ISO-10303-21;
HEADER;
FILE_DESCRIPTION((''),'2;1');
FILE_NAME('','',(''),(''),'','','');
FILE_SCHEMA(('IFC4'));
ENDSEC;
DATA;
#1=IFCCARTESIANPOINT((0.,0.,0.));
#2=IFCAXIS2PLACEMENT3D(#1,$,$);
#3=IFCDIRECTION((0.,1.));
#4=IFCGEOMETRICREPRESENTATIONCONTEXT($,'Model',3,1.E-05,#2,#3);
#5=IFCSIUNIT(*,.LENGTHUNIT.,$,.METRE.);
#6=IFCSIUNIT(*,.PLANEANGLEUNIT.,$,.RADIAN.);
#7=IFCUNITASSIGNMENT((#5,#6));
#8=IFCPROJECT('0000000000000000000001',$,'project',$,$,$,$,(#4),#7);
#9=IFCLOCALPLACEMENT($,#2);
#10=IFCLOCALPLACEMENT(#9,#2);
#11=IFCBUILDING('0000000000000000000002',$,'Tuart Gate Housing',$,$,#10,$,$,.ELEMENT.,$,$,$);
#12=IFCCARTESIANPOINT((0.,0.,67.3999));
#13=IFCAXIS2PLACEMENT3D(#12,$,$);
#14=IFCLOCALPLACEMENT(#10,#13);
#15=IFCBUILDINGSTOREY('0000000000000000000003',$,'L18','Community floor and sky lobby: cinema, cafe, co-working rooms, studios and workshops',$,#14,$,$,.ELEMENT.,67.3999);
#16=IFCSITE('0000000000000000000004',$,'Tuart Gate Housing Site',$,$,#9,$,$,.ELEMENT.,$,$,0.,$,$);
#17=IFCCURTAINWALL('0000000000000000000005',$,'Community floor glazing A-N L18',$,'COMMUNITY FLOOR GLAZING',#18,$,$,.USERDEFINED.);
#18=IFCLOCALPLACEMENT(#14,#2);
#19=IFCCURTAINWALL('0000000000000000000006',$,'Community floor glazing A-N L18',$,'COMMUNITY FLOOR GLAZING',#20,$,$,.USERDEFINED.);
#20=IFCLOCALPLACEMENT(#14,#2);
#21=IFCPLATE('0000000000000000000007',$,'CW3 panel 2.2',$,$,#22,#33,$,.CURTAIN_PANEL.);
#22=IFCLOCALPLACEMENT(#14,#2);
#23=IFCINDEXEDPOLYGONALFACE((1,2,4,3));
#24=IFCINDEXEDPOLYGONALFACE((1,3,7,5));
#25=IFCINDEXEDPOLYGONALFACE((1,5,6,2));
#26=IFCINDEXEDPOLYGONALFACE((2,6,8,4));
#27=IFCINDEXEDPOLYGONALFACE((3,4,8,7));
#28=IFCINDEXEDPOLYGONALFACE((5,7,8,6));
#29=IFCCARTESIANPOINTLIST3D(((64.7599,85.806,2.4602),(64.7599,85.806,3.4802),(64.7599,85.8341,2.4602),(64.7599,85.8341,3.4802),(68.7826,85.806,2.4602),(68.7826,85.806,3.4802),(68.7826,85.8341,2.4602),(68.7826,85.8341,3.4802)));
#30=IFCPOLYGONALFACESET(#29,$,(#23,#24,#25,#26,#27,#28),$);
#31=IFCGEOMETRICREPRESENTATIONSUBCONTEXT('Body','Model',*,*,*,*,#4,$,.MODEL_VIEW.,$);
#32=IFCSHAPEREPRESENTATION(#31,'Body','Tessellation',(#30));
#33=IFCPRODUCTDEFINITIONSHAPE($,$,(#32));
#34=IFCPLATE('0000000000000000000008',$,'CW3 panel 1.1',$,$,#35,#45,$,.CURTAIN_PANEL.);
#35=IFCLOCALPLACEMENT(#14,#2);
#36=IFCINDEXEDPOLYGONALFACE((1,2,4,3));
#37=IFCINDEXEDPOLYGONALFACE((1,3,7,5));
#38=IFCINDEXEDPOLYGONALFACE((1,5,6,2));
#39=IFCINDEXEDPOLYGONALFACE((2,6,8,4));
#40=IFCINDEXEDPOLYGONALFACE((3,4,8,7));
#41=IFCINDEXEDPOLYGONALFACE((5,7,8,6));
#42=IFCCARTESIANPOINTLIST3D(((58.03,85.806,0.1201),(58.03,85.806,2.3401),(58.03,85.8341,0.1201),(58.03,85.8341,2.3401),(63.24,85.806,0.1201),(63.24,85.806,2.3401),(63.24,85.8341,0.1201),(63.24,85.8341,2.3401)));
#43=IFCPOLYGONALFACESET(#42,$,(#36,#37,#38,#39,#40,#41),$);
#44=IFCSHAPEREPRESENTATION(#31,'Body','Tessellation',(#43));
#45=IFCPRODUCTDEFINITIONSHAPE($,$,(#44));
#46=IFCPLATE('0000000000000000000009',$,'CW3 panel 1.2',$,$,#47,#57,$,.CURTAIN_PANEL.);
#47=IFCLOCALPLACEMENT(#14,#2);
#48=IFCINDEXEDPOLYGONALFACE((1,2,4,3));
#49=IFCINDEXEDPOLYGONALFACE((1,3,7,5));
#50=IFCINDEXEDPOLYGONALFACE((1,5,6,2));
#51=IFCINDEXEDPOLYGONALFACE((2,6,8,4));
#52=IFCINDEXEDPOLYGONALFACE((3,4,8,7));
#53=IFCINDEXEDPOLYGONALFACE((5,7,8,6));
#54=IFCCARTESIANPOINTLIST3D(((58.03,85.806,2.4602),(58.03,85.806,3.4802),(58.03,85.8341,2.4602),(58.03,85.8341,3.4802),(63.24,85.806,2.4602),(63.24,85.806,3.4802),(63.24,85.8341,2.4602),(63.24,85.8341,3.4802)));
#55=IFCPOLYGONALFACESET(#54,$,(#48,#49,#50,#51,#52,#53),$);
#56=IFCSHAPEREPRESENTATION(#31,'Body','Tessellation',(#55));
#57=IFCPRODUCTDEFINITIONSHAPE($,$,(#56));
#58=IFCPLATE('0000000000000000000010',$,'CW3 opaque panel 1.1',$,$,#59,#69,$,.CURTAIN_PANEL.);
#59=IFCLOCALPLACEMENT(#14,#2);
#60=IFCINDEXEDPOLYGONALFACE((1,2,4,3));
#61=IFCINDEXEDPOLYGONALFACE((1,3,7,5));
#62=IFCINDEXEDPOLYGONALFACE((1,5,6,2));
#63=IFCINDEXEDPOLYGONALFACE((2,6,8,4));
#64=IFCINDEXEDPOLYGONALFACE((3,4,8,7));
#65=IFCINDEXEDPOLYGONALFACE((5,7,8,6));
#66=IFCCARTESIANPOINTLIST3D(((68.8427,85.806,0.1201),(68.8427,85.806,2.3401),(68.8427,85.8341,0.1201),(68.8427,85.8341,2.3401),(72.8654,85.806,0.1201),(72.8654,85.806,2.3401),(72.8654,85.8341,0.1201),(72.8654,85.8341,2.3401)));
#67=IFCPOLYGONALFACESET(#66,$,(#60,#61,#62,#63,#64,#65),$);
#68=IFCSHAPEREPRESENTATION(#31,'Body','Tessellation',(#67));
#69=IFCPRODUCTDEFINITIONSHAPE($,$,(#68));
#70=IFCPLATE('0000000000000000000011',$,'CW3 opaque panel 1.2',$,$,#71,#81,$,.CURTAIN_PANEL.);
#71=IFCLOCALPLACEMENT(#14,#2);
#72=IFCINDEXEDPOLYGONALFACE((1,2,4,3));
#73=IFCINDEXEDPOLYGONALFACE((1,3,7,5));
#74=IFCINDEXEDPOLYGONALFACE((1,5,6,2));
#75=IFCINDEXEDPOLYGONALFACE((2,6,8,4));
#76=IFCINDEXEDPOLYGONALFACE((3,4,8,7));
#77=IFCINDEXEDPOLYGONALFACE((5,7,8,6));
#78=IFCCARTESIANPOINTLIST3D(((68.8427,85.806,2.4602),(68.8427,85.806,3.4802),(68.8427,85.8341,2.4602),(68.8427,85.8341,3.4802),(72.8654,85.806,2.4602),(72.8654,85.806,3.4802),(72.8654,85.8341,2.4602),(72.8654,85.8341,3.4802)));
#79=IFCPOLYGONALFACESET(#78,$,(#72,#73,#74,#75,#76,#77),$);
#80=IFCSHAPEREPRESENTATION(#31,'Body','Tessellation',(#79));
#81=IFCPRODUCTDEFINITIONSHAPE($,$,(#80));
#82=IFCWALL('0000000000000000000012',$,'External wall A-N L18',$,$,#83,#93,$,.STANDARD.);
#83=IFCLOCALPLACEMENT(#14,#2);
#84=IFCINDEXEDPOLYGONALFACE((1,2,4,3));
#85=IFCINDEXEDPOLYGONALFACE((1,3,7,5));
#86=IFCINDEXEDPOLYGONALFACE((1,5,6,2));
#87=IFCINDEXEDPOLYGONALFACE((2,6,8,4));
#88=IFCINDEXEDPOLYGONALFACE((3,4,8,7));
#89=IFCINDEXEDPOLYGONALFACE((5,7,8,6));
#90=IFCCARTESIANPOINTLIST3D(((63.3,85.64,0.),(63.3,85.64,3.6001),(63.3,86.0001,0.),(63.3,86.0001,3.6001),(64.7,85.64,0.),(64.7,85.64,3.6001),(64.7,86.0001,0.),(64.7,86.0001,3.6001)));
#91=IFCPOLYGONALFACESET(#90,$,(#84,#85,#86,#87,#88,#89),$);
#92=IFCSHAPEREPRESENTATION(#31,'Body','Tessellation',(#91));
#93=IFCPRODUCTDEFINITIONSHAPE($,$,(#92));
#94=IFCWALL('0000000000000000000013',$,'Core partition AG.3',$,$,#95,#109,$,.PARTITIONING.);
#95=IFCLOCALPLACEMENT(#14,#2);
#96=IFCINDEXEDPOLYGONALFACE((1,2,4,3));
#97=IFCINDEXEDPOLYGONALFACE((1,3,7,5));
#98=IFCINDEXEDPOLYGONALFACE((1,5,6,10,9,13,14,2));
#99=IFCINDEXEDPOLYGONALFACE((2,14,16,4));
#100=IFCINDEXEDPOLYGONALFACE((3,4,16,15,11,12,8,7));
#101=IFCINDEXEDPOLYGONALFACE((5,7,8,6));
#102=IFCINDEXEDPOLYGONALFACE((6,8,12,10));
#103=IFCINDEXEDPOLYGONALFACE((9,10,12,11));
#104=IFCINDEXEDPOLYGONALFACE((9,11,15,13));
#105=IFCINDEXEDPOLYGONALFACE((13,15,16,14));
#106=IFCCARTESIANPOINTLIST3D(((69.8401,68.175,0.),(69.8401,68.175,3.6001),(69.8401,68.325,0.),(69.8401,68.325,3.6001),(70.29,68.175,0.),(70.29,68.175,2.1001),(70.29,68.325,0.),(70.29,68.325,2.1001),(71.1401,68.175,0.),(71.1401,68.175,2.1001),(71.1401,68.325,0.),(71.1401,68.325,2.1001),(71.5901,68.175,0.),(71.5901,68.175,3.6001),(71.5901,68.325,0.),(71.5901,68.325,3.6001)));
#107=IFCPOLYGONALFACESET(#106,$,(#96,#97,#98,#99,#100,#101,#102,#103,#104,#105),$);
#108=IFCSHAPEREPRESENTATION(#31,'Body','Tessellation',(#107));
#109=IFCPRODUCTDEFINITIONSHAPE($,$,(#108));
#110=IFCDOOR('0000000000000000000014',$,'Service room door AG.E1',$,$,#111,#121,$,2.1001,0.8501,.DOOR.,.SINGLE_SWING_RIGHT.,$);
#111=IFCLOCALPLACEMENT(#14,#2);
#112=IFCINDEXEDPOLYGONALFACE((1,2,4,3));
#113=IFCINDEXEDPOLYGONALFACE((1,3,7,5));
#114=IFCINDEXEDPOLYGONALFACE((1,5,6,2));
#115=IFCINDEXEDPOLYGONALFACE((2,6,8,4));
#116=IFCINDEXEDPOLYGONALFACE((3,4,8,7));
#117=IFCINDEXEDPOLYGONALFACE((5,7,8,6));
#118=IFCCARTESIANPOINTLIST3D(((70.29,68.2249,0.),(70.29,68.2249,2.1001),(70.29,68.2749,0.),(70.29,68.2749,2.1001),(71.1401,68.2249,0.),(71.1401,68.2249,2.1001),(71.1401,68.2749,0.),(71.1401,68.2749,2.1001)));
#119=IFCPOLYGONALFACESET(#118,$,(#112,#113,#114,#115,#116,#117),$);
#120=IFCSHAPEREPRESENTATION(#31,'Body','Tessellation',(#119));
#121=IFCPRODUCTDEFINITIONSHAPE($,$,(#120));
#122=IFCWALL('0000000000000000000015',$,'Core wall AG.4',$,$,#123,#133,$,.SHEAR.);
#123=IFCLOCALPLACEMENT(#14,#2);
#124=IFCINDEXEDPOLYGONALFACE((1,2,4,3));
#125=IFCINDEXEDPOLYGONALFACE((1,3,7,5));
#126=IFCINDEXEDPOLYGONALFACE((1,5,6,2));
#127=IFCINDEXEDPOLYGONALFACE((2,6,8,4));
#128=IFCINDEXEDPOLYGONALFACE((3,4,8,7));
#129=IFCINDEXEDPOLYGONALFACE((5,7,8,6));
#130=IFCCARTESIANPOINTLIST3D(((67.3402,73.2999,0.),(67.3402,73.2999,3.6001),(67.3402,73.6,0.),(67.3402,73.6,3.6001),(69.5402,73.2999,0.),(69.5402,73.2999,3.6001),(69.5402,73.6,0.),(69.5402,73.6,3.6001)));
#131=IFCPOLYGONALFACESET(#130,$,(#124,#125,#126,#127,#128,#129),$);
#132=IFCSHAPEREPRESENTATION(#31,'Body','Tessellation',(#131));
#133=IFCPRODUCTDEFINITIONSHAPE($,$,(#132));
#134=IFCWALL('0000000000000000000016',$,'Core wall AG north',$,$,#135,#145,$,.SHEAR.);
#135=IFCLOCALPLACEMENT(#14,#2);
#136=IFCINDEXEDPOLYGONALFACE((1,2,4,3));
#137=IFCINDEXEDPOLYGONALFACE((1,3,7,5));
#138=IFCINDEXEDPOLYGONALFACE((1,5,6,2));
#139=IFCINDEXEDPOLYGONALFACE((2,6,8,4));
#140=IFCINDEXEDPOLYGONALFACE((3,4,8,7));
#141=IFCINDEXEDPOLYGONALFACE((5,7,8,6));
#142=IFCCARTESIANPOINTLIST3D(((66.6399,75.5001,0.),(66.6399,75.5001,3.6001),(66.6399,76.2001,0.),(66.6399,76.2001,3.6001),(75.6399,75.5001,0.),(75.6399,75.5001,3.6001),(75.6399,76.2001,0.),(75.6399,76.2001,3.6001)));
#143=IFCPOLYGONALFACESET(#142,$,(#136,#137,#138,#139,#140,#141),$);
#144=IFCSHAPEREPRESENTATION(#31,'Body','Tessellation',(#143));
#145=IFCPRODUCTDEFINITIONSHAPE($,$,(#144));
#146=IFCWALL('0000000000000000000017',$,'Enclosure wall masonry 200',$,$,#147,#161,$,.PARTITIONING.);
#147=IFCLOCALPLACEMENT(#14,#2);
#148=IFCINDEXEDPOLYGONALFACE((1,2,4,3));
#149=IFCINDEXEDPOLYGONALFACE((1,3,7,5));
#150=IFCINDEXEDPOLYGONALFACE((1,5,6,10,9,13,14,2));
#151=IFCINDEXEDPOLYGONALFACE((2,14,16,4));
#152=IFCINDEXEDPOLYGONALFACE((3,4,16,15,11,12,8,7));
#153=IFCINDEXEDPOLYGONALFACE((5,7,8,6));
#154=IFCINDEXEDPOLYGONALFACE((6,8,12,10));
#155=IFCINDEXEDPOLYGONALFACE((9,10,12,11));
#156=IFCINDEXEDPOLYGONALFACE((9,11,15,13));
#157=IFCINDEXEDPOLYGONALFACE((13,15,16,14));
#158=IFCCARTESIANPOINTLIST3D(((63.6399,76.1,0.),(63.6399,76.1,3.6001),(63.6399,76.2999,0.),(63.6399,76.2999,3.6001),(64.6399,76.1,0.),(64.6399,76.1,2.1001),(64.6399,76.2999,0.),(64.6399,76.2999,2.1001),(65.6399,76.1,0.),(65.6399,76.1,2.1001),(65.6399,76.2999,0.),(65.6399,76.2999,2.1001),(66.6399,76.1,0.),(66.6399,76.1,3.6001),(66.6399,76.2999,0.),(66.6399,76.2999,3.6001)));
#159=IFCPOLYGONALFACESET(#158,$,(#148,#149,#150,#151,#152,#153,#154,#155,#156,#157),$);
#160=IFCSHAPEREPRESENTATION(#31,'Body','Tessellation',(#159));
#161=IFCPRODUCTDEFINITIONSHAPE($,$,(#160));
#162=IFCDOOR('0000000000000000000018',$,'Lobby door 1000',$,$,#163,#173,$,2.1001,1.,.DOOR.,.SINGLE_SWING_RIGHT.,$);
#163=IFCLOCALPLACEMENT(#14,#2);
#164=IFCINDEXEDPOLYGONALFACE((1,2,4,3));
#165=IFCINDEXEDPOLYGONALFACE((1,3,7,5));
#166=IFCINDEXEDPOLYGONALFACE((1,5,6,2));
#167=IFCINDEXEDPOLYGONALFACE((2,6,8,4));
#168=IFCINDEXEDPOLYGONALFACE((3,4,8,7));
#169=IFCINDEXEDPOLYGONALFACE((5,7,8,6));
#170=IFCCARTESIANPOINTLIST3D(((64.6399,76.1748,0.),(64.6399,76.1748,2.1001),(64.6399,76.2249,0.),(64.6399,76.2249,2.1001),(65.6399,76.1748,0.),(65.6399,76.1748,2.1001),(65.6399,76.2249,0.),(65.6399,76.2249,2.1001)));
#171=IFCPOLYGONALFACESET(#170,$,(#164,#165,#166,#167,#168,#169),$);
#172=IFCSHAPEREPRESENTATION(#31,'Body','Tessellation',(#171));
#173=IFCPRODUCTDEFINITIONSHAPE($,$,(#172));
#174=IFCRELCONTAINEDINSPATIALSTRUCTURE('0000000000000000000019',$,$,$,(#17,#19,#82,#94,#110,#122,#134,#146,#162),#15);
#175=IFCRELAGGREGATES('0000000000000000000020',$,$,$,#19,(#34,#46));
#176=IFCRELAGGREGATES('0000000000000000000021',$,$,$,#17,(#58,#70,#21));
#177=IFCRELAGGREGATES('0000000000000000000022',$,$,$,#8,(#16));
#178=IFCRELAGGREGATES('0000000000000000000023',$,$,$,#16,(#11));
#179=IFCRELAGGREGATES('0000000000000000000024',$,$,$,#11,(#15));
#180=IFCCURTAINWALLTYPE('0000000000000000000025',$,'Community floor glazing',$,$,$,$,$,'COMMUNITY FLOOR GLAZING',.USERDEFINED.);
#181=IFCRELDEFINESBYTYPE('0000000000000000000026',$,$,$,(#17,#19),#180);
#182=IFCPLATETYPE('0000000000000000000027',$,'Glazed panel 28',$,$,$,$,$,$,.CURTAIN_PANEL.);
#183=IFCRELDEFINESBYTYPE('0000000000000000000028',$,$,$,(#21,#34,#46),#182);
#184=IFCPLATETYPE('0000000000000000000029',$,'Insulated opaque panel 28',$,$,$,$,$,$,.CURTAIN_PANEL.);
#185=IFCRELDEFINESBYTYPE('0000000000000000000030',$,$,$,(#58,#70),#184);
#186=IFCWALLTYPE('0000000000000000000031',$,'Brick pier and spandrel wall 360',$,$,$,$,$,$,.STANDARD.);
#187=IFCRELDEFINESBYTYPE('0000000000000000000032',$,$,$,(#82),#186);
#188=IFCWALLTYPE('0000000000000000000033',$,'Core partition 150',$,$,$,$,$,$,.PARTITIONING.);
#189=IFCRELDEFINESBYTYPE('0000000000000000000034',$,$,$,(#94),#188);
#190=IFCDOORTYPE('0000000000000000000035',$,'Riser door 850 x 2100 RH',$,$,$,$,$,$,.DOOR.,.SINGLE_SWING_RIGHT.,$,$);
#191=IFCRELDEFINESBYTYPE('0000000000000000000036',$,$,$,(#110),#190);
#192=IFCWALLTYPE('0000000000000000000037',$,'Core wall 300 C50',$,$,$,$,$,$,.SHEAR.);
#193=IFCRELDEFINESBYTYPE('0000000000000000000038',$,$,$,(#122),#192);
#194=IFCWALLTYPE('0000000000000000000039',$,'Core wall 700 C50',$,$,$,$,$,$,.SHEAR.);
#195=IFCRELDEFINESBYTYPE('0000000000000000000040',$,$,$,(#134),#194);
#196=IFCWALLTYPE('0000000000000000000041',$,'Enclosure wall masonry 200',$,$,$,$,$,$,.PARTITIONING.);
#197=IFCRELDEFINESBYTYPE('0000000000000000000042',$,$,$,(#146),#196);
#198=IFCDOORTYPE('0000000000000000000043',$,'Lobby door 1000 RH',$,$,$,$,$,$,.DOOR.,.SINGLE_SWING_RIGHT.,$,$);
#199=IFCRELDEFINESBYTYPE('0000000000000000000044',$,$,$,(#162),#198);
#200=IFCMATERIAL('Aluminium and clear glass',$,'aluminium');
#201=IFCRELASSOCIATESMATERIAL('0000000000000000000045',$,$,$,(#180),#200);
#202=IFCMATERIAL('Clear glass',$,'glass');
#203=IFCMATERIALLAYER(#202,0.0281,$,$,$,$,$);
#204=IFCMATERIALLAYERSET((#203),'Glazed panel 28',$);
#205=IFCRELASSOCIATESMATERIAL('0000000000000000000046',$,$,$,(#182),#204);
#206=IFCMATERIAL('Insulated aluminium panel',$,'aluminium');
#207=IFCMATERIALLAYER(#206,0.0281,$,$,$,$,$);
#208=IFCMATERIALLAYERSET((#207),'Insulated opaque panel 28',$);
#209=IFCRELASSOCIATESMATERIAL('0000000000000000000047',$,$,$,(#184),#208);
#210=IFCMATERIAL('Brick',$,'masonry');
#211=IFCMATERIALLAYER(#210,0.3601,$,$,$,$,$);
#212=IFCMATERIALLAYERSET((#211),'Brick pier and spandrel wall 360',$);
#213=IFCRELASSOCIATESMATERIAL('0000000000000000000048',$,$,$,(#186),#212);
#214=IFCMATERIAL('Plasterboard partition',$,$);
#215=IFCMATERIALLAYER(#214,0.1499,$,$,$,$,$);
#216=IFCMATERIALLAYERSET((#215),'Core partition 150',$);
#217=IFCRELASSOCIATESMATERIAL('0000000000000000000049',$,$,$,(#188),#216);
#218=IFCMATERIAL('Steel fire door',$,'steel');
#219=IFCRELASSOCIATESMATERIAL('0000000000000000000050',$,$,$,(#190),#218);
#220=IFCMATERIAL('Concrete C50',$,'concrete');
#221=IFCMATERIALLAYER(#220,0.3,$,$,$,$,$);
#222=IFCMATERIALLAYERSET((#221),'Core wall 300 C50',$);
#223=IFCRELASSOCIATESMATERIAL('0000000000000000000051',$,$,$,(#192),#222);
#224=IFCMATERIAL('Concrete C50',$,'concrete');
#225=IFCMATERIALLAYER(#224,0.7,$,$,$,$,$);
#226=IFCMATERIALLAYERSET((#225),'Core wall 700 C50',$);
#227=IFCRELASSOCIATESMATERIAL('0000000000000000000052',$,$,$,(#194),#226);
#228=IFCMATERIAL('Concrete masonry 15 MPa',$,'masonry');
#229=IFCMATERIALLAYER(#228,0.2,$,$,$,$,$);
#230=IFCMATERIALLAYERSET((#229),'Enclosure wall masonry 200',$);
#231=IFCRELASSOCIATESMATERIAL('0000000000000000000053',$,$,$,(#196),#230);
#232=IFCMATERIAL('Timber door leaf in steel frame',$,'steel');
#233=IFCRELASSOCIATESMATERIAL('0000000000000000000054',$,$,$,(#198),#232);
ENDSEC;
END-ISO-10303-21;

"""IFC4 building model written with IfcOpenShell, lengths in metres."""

from ifc_helpers import new_model, si_unit, direction, frame, frame_2d, origin, origin_2d, place, context, subcontext, project, spatial, rectangle, extrude, material, layer, layer_set, type_object, element, fill, aggregate, save


model = new_model("IFC4")

# Units and contexts
model_context = context("Model", 3, precision=1e-05, world=origin(), true_north=direction((0.0, 1.0)))
body_context = subcontext(model_context, "Body", "Model", "MODEL_VIEW")
ifc_project = project(units=[si_unit("LENGTHUNIT", "METRE"), si_unit("PLANEANGLEUNIT", "RADIAN")], contexts=[model_context])

# Site, building, storey
site_placement = place(None, origin())
site = spatial("IfcSite", under=ifc_project, at=site_placement, Name="Tuart Gate Housing Site", CompositionType="ELEMENT", RefElevation=0.0)
building_placement = place(site_placement, origin())
building = spatial("IfcBuilding", under=site, at=building_placement, Name="Tuart Gate Housing", CompositionType="ELEMENT")
storey_placement = place(building_placement, frame((0.0, 0.0, 67.3999)))
storey = spatial("IfcBuildingStorey", under=building, at=storey_placement, Name="L18", Description="Community floor and sky lobby: cinema, cafe, co-working rooms, studios and workshops", CompositionType="ELEMENT", Elevation=67.3999)

# Curtain walls
ifc_material_1 = material(Name="Aluminium and clear glass", Category="aluminium")
curtain_wall_type = type_object("IfcCurtainWallType", Name="Community floor glazing", ElementType="COMMUNITY FLOOR GLAZING", PredefinedType="USERDEFINED", material=ifc_material_1)
curtain_wall_1_placement = place(storey_placement, origin())
curtain_wall_1 = element("IfcCurtainWall", 1, at=curtain_wall_1_placement, inside=storey, type_object=curtain_wall_type, Name="Community floor glazing A-N L18", ObjectType="COMMUNITY FLOOR GLAZING", PredefinedType="USERDEFINED")
curtain_wall_2_placement = place(storey_placement, origin())
curtain_wall_2 = element("IfcCurtainWall", 2, at=curtain_wall_2_placement, inside=storey, type_object=curtain_wall_type, Name="Community floor glazing A-N L18", ObjectType="COMMUNITY FLOOR GLAZING", PredefinedType="USERDEFINED")

# Plates
ifc_material_2 = material(Name="Clear glass", Category="glass")
ifc_layer_1 = layer(ifc_material_2, 0.0281)
ifc_layer_set_1 = layer_set([ifc_layer_1], Name="Glazed panel 28")
plate_type_1 = type_object("IfcPlateType", Name="Glazed panel 28", PredefinedType="CURTAIN_PANEL", material=ifc_layer_set_1)
plate_1_placement = place(storey_placement, frame((66.7712, 85.8201, 2.4602), z_axis=(0.0, 0.0, 1.0), x_axis=(-1.0, 0.0, 0.0)))
plate_1 = element("IfcPlate", 3, at=plate_1_placement, type_object=plate_type_1, Name="CW3 panel 2.2", PredefinedType="CURTAIN_PANEL", context=body_context, shape_type="SweptSolid", body=[
    extrude(rectangle(XDim=4.0227, YDim=0.0281, at=origin_2d()), origin(), (0.0, 0.0, 1.0), 1.02),
])
plate_2_placement = place(storey_placement, frame((60.635, 85.8201, 0.1201), z_axis=(0.0, 0.0, 1.0), x_axis=(-1.0, 0.0, 0.0)))
plate_2 = element("IfcPlate", 4, at=plate_2_placement, type_object=plate_type_1, Name="CW3 panel 1.1", PredefinedType="CURTAIN_PANEL", context=body_context, shape_type="SweptSolid", body=[
    extrude(rectangle(XDim=5.21, YDim=0.0281, at=origin_2d()), origin(), (0.0, 0.0, 1.0), 2.22),
])
plate_3_placement = place(storey_placement, frame((60.635, 85.8201, 2.4602), z_axis=(0.0, 0.0, 1.0), x_axis=(-1.0, 0.0, 0.0)))
plate_3 = element("IfcPlate", 5, at=plate_3_placement, type_object=plate_type_1, Name="CW3 panel 1.2", PredefinedType="CURTAIN_PANEL", context=body_context, shape_type="SweptSolid", body=[
    extrude(rectangle(XDim=5.21, YDim=0.0281, at=origin_2d()), origin(), (0.0, 0.0, 1.0), 1.02),
])
aggregate(curtain_wall_2, [plate_2, plate_3])
ifc_material_3 = material(Name="Insulated aluminium panel", Category="aluminium")
ifc_layer_2 = layer(ifc_material_3, 0.0281)
ifc_layer_set_2 = layer_set([ifc_layer_2], Name="Insulated opaque panel 28")
plate_type_2 = type_object("IfcPlateType", Name="Insulated opaque panel 28", PredefinedType="CURTAIN_PANEL", material=ifc_layer_set_2)
plate_4_placement = place(storey_placement, frame((70.854, 85.8201, 0.1201), z_axis=(0.0, 0.0, 1.0), x_axis=(-1.0, 0.0, 0.0)))
plate_4 = element("IfcPlate", 6, at=plate_4_placement, type_object=plate_type_2, Name="CW3 opaque panel 1.1", PredefinedType="CURTAIN_PANEL", context=body_context, shape_type="SweptSolid", body=[
    extrude(rectangle(XDim=4.0227, YDim=0.0281, at=origin_2d()), origin(), (0.0, 0.0, 1.0), 2.22),
])
plate_5_placement = place(storey_placement, frame((70.854, 85.8201, 2.4602), z_axis=(0.0, 0.0, 1.0), x_axis=(-1.0, 0.0, 0.0)))
plate_5 = element("IfcPlate", 7, at=plate_5_placement, type_object=plate_type_2, Name="CW3 opaque panel 1.2", PredefinedType="CURTAIN_PANEL", context=body_context, shape_type="SweptSolid", body=[
    extrude(rectangle(XDim=4.0227, YDim=0.0281, at=origin_2d()), origin(), (0.0, 0.0, 1.0), 1.02),
])
aggregate(curtain_wall_1, [plate_4, plate_5, plate_1])

# Wall
ifc_material_4 = material(Name="Brick", Category="masonry")
ifc_layer_3 = layer(ifc_material_4, 0.3601)
ifc_layer_set_3 = layer_set([ifc_layer_3], Name="Brick pier and spandrel wall 360")
wall_type_1 = type_object("IfcWallType", Name="Brick pier and spandrel wall 360", PredefinedType="STANDARD", material=ifc_layer_set_3)
wall_1_placement = place(storey_placement, frame((64.7, 85.8201, 0.0), z_axis=(0.0, 0.0, 1.0), x_axis=(-1.0, 0.0, 0.0)))
element("IfcWall", 8, at=wall_1_placement, inside=storey, type_object=wall_type_1, Name="External wall A-N L18", PredefinedType="STANDARD", context=body_context, shape_type="SweptSolid", body=[
    extrude(rectangle(XDim=1.3999, YDim=0.3601, at=frame_2d((0.7, 0.0))), origin(), (0.0, 0.0, 1.0), 3.6001),
])

# Wall, opening, door
ifc_material_5 = material(Name="Plasterboard partition")
ifc_layer_4 = layer(ifc_material_5, 0.1499)
ifc_layer_set_4 = layer_set([ifc_layer_4], Name="Core partition 150")
wall_type_2 = type_object("IfcWallType", Name="Core partition 150", PredefinedType="PARTITIONING", material=ifc_layer_set_4)
wall_2_placement = place(storey_placement, frame((69.8401, 68.25, 0.0), z_axis=(0.0, 0.0, 1.0), x_axis=(1.0, 0.0, 0.0)))
wall_2 = element("IfcWall", 9, at=wall_2_placement, inside=storey, type_object=wall_type_2, Name="Core partition AG.3", PredefinedType="PARTITIONING", context=body_context, shape_type="SweptSolid", body=[
    extrude(rectangle(XDim=1.75, YDim=0.1499, at=frame_2d((0.875, 0.0))), origin(), (0.0, 0.0, 1.0), 3.6001),
])
opening_1_placement = place(wall_2_placement, frame((0.45, 0.0, 0.0)))
opening_1 = element("IfcOpeningElement", 10, at=opening_1_placement, cuts=wall_2, PredefinedType="OPENING", context=body_context, shape_type="SweptSolid", body=[
    extrude(rectangle(XDim=0.8501, YDim=2.1001, at=frame_2d((0.425, 1.05))), frame((0.0, 0.085, 0.0), z_axis=(0.0, -1.0, 0.0), x_axis=(1.0, 0.0, 0.0)), (0.0, 0.0, 1.0), 0.1699),
])
ifc_material_6 = material(Name="Steel fire door", Category="steel")
door_type_1 = type_object("IfcDoorType", Name="Riser door 850 x 2100 RH", OperationType="SINGLE_SWING_RIGHT", PredefinedType="DOOR", material=ifc_material_6)
door_1_placement = place(opening_1_placement, frame((0.8501, 0.0, 0.0), z_axis=(0.0, 0.0, 1.0), x_axis=(-1.0, 0.0, 0.0)))
door_1 = element("IfcDoor", 11, at=door_1_placement, inside=storey, type_object=door_type_1, Name="Service room door AG.E1", OperationType="SINGLE_SWING_RIGHT", OverallHeight=2.1001, OverallWidth=0.8501, PredefinedType="DOOR", context=body_context, shape_type="SweptSolid", body=[
    extrude(rectangle(XDim=0.8501, YDim=2.1001, at=frame_2d((0.425, 1.05))), frame((0.0, 0.0251, 0.0), z_axis=(0.0, -1.0, 0.0), x_axis=(1.0, 0.0, 0.0)), (0.0, 0.0, 1.0), 0.05),
])
fill(opening_1, door_1)

# Walls
ifc_material_7 = material(Name="Concrete C50", Category="concrete")
ifc_layer_5 = layer(ifc_material_7, 0.3)
ifc_layer_set_5 = layer_set([ifc_layer_5], Name="Core wall 300 C50")
wall_type_3 = type_object("IfcWallType", Name="Core wall 300 C50", PredefinedType="SHEAR", material=ifc_layer_set_5)
wall_3_placement = place(storey_placement, frame((67.3401, 73.45, 0.0), z_axis=(0.0, 0.0, 1.0), x_axis=(1.0, 0.0, 0.0)))
element("IfcWall", 12, at=wall_3_placement, inside=storey, type_object=wall_type_3, Name="Core wall AG.4", PredefinedType="SHEAR", context=body_context, shape_type="SweptSolid", body=[
    extrude(rectangle(XDim=2.2, YDim=0.3, at=frame_2d((1.1001, 0.0))), origin(), (0.0, 0.0, 1.0), 3.6001),
])
ifc_material_8 = material(Name="Concrete C50", Category="concrete")
ifc_layer_6 = layer(ifc_material_8, 0.7)
ifc_layer_set_6 = layer_set([ifc_layer_6], Name="Core wall 700 C50")
wall_type_4 = type_object("IfcWallType", Name="Core wall 700 C50", PredefinedType="SHEAR", material=ifc_layer_set_6)
wall_4_placement = place(storey_placement, frame((66.6399, 75.8501, 0.0), z_axis=(0.0, 0.0, 1.0), x_axis=(1.0, 0.0, 0.0)))
element("IfcWall", 13, at=wall_4_placement, inside=storey, type_object=wall_type_4, Name="Core wall AG north", PredefinedType="SHEAR", context=body_context, shape_type="SweptSolid", body=[
    extrude(rectangle(XDim=9.0, YDim=0.7, at=frame_2d((4.5, 0.0))), origin(), (0.0, 0.0, 1.0), 3.6001),
])

# Wall, opening, door
ifc_material_9 = material(Name="Concrete masonry 15 MPa", Category="masonry")
ifc_layer_7 = layer(ifc_material_9, 0.2)
ifc_layer_set_7 = layer_set([ifc_layer_7], Name="Enclosure wall masonry 200")
wall_type_5 = type_object("IfcWallType", Name="Enclosure wall masonry 200", PredefinedType="PARTITIONING", material=ifc_layer_set_7)
wall_5_placement = place(storey_placement, frame((63.6399, 76.2, 0.0), z_axis=(0.0, 0.0, 1.0), x_axis=(1.0, 0.0, 0.0)))
wall_5 = element("IfcWall", 14, at=wall_5_placement, inside=storey, type_object=wall_type_5, Name="Enclosure wall masonry 200", PredefinedType="PARTITIONING", context=body_context, shape_type="SweptSolid", body=[
    extrude(rectangle(XDim=3.0, YDim=0.2, at=frame_2d((1.5, 0.0))), origin(), (0.0, 0.0, 1.0), 3.6001),
])
opening_2_placement = place(wall_5_placement, frame((1.0, 0.0, 0.0)))
opening_2 = element("IfcOpeningElement", 15, at=opening_2_placement, cuts=wall_5, PredefinedType="OPENING", context=body_context, shape_type="SweptSolid", body=[
    extrude(rectangle(XDim=1.0, YDim=2.1001, at=frame_2d((0.5, 1.05))), frame((0.0, 0.1099, 0.0), z_axis=(0.0, -1.0, 0.0), x_axis=(1.0, 0.0, 0.0)), (0.0, 0.0, 1.0), 0.22),
])
ifc_material_10 = material(Name="Timber door leaf in steel frame", Category="steel")
door_type_2 = type_object("IfcDoorType", Name="Lobby door 1000 RH", OperationType="SINGLE_SWING_RIGHT", PredefinedType="DOOR", material=ifc_material_10)
door_2_placement = place(opening_2_placement, frame((1.0, 0.0, 0.0), z_axis=(0.0, 0.0, 1.0), x_axis=(-1.0, 0.0, 0.0)))
door_2 = element("IfcDoor", 16, at=door_2_placement, inside=storey, type_object=door_type_2, Name="Lobby door 1000", OperationType="SINGLE_SWING_RIGHT", OverallHeight=2.1001, OverallWidth=1.0, PredefinedType="DOOR", context=body_context, shape_type="SweptSolid", body=[
    extrude(rectangle(XDim=1.0, YDim=2.1001, at=frame_2d((0.5, 1.05))), frame((0.0, 0.0251, 0.0), z_axis=(0.0, -1.0, 0.0), x_axis=(1.0, 0.0, 0.0)), (0.0, 0.0, 1.0), 0.05),
])
fill(opening_2, door_2)

save(model, "model.ifc")
